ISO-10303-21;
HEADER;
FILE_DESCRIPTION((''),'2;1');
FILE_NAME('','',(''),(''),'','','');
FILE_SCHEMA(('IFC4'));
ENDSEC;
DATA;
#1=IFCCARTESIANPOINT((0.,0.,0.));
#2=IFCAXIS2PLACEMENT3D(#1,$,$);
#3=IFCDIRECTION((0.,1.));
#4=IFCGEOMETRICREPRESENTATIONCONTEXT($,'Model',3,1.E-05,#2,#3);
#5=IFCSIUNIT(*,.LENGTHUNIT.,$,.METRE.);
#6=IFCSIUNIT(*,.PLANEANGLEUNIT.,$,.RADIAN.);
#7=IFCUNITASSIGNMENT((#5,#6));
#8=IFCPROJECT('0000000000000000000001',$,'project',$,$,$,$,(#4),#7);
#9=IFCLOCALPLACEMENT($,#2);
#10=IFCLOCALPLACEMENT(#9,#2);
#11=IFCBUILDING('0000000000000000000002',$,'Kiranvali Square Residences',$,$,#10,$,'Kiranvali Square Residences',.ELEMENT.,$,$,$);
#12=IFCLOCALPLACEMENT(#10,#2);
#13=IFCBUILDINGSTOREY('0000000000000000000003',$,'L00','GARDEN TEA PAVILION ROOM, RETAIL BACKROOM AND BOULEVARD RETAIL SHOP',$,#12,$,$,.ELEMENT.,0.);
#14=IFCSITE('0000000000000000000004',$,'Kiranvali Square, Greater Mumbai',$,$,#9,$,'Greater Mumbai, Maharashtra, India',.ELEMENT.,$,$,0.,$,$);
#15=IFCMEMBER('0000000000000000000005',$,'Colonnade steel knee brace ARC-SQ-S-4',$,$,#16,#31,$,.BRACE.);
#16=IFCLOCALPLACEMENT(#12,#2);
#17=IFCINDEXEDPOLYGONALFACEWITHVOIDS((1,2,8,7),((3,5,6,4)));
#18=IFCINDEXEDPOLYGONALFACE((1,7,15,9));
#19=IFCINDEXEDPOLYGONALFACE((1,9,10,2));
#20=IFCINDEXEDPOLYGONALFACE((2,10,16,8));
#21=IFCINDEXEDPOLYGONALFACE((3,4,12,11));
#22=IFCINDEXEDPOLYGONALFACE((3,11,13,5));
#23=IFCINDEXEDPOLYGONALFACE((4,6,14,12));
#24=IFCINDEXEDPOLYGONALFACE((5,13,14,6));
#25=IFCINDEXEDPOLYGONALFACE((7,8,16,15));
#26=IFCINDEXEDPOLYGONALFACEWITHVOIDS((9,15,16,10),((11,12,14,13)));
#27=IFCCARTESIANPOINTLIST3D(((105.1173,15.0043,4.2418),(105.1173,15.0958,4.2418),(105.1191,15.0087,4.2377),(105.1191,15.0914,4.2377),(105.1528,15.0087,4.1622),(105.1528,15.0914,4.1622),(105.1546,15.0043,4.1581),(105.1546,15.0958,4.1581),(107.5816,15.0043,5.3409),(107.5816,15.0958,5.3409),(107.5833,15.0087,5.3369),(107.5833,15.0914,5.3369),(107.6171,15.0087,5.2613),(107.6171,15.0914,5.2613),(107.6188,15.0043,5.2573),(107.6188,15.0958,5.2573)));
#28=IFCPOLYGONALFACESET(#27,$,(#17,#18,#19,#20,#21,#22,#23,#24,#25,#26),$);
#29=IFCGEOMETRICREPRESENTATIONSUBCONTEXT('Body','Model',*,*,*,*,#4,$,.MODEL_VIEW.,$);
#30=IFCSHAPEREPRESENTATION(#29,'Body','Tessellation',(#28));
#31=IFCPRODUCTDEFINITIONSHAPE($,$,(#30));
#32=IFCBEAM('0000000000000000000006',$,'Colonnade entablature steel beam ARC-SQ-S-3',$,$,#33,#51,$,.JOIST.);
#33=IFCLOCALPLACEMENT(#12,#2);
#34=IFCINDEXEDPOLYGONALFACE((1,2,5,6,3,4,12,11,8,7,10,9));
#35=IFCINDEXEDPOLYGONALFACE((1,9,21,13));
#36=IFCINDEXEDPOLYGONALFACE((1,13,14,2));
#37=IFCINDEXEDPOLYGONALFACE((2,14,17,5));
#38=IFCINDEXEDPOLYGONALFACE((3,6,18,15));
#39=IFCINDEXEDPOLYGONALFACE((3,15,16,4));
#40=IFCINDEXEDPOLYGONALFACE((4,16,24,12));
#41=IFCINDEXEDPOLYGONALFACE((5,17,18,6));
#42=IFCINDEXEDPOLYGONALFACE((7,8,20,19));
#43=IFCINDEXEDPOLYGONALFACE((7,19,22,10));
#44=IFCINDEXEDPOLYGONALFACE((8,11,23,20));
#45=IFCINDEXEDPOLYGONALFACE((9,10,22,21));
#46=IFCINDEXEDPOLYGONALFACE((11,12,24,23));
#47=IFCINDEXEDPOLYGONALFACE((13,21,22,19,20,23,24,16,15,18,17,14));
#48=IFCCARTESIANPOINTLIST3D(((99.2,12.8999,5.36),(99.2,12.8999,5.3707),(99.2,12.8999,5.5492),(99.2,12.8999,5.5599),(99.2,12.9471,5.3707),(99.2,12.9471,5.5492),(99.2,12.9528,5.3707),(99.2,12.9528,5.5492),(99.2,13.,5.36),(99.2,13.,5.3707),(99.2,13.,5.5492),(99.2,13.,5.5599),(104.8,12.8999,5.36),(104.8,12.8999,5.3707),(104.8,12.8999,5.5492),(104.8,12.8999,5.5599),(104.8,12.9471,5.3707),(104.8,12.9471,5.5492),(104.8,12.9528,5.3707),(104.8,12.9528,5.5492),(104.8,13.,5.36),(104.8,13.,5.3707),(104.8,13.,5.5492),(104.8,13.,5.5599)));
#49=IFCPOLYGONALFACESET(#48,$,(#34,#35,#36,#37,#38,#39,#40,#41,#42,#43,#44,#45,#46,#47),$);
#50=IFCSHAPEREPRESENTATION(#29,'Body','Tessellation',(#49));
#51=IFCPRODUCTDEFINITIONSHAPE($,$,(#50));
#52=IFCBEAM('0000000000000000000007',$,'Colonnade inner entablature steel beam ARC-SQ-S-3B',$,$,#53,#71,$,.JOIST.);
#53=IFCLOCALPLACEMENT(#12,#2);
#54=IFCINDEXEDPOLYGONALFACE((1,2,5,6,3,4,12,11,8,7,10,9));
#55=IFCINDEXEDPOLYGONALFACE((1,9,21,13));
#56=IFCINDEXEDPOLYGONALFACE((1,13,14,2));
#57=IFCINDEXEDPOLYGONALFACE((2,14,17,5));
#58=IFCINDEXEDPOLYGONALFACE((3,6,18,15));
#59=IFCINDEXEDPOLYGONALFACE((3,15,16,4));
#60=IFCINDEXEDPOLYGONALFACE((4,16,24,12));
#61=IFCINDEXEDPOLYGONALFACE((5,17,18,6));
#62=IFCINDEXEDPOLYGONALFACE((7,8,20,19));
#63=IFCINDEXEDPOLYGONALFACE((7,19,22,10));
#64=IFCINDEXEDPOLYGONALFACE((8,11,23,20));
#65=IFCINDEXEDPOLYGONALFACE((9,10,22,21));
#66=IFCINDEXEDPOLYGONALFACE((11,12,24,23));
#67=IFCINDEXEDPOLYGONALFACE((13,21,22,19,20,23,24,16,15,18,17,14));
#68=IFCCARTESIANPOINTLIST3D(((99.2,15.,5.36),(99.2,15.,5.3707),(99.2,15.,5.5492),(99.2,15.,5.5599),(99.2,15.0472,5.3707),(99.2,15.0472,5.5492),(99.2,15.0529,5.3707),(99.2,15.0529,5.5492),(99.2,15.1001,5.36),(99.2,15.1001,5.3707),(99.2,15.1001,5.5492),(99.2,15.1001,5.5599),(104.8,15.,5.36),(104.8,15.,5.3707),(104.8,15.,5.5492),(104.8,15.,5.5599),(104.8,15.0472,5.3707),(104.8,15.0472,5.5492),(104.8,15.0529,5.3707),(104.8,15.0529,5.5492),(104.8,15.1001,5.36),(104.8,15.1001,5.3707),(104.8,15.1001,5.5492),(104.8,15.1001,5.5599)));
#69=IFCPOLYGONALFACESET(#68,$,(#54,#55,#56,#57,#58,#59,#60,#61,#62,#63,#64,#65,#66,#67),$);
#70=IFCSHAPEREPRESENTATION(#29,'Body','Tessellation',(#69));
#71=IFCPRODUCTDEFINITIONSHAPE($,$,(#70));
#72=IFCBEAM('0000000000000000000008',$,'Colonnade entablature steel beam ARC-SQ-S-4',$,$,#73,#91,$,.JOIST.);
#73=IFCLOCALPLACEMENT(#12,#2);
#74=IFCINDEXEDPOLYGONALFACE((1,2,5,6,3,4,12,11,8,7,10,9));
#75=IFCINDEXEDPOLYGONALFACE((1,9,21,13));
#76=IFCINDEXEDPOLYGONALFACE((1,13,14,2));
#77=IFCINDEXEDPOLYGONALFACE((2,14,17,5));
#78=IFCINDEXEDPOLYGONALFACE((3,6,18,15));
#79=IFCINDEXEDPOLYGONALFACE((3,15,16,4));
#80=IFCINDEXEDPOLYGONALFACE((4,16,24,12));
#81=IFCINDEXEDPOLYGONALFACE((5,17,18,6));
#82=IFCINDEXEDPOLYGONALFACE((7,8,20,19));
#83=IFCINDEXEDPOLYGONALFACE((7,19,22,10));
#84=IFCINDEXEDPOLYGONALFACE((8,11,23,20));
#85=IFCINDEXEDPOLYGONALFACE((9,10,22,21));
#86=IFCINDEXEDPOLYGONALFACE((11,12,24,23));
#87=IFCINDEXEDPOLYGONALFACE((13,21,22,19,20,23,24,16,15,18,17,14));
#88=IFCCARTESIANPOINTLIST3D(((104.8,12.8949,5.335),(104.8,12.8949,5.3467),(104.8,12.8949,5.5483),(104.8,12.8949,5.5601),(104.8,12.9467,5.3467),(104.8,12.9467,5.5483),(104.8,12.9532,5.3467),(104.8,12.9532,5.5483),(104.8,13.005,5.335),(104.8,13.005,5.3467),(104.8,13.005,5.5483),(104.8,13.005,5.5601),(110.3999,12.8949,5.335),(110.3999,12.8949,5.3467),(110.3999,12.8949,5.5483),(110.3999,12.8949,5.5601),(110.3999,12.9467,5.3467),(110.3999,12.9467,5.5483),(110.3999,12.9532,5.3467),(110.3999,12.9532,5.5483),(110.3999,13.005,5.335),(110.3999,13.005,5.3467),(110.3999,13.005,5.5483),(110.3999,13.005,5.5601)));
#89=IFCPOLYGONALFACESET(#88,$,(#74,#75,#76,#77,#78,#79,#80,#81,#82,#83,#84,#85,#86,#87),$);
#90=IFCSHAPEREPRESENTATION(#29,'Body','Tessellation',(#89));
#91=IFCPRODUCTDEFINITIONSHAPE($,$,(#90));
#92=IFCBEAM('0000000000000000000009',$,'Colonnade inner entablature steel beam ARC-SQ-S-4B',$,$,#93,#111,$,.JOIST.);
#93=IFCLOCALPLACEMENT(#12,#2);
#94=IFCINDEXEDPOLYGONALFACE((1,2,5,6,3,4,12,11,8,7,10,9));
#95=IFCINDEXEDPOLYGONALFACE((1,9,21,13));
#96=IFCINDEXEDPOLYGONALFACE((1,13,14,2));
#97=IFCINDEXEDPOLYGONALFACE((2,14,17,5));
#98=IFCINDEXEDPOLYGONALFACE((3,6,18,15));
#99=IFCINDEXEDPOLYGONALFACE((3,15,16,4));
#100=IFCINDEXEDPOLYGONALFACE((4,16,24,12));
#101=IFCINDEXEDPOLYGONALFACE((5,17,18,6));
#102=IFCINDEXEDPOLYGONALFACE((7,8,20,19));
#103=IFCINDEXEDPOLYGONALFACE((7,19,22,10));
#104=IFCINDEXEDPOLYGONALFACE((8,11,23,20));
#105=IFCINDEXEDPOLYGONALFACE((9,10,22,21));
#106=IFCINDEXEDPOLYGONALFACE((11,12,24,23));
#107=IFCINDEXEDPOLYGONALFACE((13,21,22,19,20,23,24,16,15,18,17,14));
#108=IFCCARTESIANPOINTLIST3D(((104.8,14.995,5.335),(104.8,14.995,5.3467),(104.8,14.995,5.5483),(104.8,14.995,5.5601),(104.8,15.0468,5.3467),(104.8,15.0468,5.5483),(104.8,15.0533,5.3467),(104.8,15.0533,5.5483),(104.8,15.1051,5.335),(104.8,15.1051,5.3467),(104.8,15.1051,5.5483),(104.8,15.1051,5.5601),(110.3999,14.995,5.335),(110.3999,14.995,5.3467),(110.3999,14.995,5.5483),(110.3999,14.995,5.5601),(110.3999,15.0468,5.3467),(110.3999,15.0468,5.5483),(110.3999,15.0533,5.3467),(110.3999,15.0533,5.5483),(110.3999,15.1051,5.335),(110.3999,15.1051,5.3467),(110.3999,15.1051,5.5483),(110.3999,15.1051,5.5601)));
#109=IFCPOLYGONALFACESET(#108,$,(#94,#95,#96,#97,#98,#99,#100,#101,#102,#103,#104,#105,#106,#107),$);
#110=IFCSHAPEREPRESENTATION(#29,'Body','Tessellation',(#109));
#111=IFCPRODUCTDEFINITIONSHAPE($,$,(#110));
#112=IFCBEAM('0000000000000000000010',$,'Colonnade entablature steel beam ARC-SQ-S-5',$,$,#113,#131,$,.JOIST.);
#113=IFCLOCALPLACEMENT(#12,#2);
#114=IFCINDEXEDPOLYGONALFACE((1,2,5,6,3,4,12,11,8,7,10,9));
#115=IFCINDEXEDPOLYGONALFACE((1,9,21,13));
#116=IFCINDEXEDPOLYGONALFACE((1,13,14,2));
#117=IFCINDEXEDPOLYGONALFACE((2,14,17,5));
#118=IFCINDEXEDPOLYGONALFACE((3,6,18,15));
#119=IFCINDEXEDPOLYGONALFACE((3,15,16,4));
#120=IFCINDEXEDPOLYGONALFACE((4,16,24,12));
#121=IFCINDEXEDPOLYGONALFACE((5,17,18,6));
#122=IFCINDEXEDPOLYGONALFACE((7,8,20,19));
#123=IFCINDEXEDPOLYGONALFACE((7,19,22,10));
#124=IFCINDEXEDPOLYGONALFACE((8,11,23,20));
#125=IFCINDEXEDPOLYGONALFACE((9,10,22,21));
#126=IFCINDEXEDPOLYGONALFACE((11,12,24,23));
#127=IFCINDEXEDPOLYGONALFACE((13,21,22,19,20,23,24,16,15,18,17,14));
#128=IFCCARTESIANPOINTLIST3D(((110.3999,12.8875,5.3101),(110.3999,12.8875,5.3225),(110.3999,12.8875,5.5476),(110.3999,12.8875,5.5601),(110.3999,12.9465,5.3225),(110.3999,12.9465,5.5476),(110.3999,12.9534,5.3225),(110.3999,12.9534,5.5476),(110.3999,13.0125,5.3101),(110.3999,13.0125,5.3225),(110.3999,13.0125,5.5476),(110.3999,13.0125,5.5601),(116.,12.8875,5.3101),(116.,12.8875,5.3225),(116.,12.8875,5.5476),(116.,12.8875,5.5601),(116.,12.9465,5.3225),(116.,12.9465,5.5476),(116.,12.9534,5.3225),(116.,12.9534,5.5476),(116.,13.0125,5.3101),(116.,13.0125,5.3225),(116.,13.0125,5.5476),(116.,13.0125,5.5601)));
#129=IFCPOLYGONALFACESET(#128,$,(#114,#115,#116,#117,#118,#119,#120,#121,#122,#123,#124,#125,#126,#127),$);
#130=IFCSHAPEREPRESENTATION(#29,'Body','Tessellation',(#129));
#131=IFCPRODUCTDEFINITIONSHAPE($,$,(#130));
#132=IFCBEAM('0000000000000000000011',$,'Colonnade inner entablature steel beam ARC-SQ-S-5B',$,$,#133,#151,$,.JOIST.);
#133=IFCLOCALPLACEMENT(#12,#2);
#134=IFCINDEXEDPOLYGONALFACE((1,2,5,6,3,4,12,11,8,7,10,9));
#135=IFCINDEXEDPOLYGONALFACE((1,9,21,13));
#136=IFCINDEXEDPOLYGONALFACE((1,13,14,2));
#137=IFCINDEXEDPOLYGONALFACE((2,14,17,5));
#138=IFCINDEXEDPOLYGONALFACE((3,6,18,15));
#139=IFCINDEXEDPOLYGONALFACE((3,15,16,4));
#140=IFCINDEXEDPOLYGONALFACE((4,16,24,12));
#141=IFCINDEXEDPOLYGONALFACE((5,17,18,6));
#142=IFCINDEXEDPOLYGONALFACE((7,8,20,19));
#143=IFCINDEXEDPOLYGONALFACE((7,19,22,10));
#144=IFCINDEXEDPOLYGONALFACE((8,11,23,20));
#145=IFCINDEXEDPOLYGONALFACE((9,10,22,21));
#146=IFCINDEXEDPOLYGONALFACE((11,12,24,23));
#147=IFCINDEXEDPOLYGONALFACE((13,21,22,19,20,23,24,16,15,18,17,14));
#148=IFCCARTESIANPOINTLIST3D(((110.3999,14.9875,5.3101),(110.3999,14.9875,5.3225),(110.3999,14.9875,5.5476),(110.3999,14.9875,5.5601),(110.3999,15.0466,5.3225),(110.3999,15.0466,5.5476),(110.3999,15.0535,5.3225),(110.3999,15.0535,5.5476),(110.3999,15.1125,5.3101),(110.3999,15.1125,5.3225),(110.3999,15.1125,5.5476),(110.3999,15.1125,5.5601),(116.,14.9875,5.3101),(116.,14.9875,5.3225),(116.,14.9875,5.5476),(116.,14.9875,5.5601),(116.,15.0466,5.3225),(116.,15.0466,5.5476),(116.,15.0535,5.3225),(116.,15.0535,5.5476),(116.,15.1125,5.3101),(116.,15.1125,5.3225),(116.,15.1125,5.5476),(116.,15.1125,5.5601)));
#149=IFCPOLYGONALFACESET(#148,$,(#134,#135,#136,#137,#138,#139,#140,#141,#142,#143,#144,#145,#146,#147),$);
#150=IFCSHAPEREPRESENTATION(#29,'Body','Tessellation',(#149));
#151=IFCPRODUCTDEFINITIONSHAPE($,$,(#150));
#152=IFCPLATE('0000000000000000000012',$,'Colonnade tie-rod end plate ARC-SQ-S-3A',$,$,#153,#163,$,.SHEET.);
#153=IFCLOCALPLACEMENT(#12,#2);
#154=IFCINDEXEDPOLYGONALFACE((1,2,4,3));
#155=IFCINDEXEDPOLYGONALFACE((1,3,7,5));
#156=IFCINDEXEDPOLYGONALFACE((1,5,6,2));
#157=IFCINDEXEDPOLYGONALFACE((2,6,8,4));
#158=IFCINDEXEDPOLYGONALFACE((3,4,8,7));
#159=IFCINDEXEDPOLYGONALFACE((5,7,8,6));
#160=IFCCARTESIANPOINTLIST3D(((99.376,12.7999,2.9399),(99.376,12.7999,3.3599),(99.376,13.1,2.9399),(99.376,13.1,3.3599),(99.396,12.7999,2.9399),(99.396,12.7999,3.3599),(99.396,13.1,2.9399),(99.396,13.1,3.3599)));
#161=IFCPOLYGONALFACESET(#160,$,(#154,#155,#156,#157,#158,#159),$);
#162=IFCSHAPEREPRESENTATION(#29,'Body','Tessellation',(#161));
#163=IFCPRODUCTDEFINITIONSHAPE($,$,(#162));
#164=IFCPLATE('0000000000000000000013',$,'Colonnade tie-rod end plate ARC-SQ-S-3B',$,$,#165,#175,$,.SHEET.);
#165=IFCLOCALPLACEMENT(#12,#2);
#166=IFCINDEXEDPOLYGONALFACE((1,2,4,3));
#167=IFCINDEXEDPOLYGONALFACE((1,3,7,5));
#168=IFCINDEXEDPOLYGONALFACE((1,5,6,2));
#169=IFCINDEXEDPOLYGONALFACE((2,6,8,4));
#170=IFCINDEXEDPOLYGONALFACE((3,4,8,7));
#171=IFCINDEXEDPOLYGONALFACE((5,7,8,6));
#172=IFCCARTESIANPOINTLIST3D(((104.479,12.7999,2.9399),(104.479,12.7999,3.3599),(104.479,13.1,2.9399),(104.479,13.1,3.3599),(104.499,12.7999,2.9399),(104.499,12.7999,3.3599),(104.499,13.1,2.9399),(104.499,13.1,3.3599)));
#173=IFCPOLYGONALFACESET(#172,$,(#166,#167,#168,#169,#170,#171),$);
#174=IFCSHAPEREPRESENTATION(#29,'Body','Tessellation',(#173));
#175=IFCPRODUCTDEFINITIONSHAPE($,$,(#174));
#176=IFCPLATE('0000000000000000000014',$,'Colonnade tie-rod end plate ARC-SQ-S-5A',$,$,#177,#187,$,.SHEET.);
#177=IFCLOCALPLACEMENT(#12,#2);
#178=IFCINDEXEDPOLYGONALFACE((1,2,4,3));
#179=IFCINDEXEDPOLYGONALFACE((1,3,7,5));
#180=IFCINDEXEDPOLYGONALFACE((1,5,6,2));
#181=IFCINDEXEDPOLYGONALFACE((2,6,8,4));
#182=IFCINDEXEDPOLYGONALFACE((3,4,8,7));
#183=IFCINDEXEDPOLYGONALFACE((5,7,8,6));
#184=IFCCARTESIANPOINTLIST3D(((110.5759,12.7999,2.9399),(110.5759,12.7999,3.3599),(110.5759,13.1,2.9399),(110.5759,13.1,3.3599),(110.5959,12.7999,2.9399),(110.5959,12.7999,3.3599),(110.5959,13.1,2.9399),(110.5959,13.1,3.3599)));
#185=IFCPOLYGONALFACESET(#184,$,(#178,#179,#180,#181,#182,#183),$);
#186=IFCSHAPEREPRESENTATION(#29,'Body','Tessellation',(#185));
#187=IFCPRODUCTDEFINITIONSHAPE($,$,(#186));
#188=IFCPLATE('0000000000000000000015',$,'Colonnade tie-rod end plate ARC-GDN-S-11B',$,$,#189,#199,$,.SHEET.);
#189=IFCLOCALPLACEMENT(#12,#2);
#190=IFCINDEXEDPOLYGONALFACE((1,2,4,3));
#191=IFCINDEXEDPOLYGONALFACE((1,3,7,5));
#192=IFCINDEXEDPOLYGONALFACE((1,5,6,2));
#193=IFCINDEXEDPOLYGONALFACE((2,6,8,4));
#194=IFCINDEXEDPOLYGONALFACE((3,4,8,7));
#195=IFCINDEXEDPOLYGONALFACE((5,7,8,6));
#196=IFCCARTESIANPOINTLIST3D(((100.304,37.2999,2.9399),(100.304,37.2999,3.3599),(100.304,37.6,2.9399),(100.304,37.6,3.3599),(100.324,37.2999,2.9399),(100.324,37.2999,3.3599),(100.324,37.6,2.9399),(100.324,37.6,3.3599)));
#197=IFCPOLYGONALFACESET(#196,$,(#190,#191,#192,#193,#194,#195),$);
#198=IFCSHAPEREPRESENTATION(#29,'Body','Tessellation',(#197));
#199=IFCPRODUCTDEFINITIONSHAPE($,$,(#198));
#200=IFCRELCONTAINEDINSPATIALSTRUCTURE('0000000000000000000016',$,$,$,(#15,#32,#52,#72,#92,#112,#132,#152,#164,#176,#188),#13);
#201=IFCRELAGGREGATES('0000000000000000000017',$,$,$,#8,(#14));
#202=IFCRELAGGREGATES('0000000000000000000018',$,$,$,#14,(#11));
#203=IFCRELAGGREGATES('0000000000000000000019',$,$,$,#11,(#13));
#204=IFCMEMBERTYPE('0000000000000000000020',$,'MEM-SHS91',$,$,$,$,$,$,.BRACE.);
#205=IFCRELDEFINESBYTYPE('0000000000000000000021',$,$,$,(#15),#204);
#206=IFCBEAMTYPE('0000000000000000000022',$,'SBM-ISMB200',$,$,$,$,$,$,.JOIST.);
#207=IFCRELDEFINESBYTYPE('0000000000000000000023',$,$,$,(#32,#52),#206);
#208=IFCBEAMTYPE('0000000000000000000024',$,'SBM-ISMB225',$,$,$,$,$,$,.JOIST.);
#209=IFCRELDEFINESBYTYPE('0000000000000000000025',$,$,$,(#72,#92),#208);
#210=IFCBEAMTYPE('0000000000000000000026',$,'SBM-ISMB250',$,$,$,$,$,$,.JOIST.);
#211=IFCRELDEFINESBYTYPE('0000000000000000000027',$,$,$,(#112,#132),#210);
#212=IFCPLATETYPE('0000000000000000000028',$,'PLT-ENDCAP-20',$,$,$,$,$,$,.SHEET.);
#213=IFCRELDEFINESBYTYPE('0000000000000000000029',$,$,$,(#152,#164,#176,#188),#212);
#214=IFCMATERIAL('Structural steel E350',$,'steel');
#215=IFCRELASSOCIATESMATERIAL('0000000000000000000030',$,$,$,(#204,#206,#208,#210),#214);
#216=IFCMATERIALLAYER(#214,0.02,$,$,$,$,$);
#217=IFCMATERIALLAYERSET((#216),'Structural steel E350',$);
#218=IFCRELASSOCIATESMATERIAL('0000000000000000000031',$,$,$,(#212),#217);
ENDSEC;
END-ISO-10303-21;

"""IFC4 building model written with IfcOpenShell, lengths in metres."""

from ifc_helpers import new_model, si_unit, direction, frame, origin, origin_2d, place, context, subcontext, project, spatial, rectangle, hollow_rectangle, i_section, extrude, material, layer, layer_set, material_profile, profile_set, type_object, element, save


model = new_model("IFC4")

# Units and contexts
model_context = context("Model", 3, precision=1e-05, world=origin(), true_north=direction((0.0, 1.0)))
body_context = subcontext(model_context, "Body", "Model", "MODEL_VIEW")
ifc_project = project(units=[si_unit("LENGTHUNIT", "METRE"), si_unit("PLANEANGLEUNIT", "RADIAN")], contexts=[model_context])

# Site, building, storey
site_placement = place(None, origin())
site = spatial("IfcSite", under=ifc_project, at=site_placement, Name="Kiranvali Square, Greater Mumbai", LongName="Greater Mumbai, Maharashtra, India", CompositionType="ELEMENT", RefElevation=0.0)
building_placement = place(site_placement, origin())
building = spatial("IfcBuilding", under=site, at=building_placement, Name="Kiranvali Square Residences", LongName="Kiranvali Square Residences", CompositionType="ELEMENT")
storey_placement = place(building_placement, origin())
storey = spatial("IfcBuildingStorey", under=building, at=storey_placement, Name="L00", Description="GARDEN TEA PAVILION ROOM, RETAIL BACKROOM AND BOULEVARD RETAIL SHOP", CompositionType="ELEMENT", Elevation=0.0)

# Member
ifc_material_1 = material(Name="Structural steel E350", Category="steel")
ifc_material_profile_1 = material_profile(ifc_material_1, hollow_rectangle(XDim=0.0916, YDim=0.0916, WallThickness=0.0044, at=origin_2d()), Name="SHS 91.5x91.5x4.5")
ifc_profile_set_1 = profile_set([ifc_material_profile_1], Name="Structural steel E350")
member_type_1 = type_object("IfcMemberType", Name="MEM-SHS91", PredefinedType="BRACE", material=ifc_profile_set_1)
member_1_placement = place(storey_placement, frame((105.136, 15.05, 4.2), z_axis=(0.913266, 0.0, 0.407364), x_axis=(0.0, 1.0, 0.0)))
element("IfcMember", 1, at=member_1_placement, inside=storey, type_object=member_type_1, Name="Colonnade steel knee brace ARC-SQ-S-4", PredefinedType="BRACE", context=body_context, shape_type="SweptSolid", body=[
    extrude(hollow_rectangle(XDim=0.0916, YDim=0.0916, WallThickness=0.0044, at=origin_2d()), origin(), (0.0, 0.0, 1.0), 2.6982),
])

# Beams
ifc_material_profile_2 = material_profile(ifc_material_1, i_section(OverallWidth=0.1001, OverallDepth=0.2, WebThickness=0.0056, FlangeThickness=0.0107, at=origin_2d()), Name="ISMB 200")
ifc_profile_set_2 = profile_set([ifc_material_profile_2], Name="Structural steel E350")
beam_type_1 = type_object("IfcBeamType", Name="SBM-ISMB200", PredefinedType="JOIST", material=ifc_profile_set_2)
for number, where, z_axis, x_axis, name in (
    (2, (99.2, 12.95, 5.46), (1.0, 0.0, 0.0), (0.0, 1.0, 0.0), "Colonnade entablature steel beam ARC-SQ-S-3"),
    (3, (99.2, 15.05, 5.46), (1.0, 0.0, 0.0), (0.0, 1.0, 0.0), "Colonnade inner entablature steel beam ARC-SQ-S-3B"),
):
    element("IfcBeam", number, at=place(storey_placement, frame(where, z_axis=z_axis, x_axis=x_axis)), inside=storey, type_object=beam_type_1, Name=name, PredefinedType="JOIST", context=body_context, shape_type="SweptSolid", body=[
        extrude(i_section(OverallWidth=0.1001, OverallDepth=0.2, WebThickness=0.0056, FlangeThickness=0.0107, at=origin_2d()), origin(), (0.0, 0.0, 1.0), 5.6001),
    ])
ifc_material_profile_3 = material_profile(ifc_material_1, i_section(OverallWidth=0.1101, OverallDepth=0.2251, WebThickness=0.0066, FlangeThickness=0.0117, at=origin_2d()), Name="ISMB 225")
ifc_profile_set_3 = profile_set([ifc_material_profile_3], Name="Structural steel E350")
beam_type_2 = type_object("IfcBeamType", Name="SBM-ISMB225", PredefinedType="JOIST", material=ifc_profile_set_3)
for number, where, z_axis, x_axis, name in (
    (4, (104.8, 12.95, 5.4475), (1.0, 0.0, 0.0), (0.0, 1.0, 0.0), "Colonnade entablature steel beam ARC-SQ-S-4"),
    (5, (104.8, 15.05, 5.4475), (1.0, 0.0, 0.0), (0.0, 1.0, 0.0), "Colonnade inner entablature steel beam ARC-SQ-S-4B"),
):
    element("IfcBeam", number, at=place(storey_placement, frame(where, z_axis=z_axis, x_axis=x_axis)), inside=storey, type_object=beam_type_2, Name=name, PredefinedType="JOIST", context=body_context, shape_type="SweptSolid", body=[
        extrude(i_section(OverallWidth=0.1101, OverallDepth=0.2251, WebThickness=0.0066, FlangeThickness=0.0117, at=origin_2d()), origin(), (0.0, 0.0, 1.0), 5.5999),
    ])
ifc_material_profile_4 = material_profile(ifc_material_1, i_section(OverallWidth=0.125, OverallDepth=0.25, WebThickness=0.0068, FlangeThickness=0.0125, at=origin_2d()), Name="ISMB 250")
ifc_profile_set_4 = profile_set([ifc_material_profile_4], Name="Structural steel E350")
beam_type_3 = type_object("IfcBeamType", Name="SBM-ISMB250", PredefinedType="JOIST", material=ifc_profile_set_4)
for number, where, z_axis, x_axis, name in (
    (6, (110.3999, 12.95, 5.4351), (1.0, 0.0, 0.0), (0.0, 1.0, 0.0), "Colonnade entablature steel beam ARC-SQ-S-5"),
    (7, (110.3999, 15.05, 5.4351), (1.0, 0.0, 0.0), (0.0, 1.0, 0.0), "Colonnade inner entablature steel beam ARC-SQ-S-5B"),
):
    element("IfcBeam", number, at=place(storey_placement, frame(where, z_axis=z_axis, x_axis=x_axis)), inside=storey, type_object=beam_type_3, Name=name, PredefinedType="JOIST", context=body_context, shape_type="SweptSolid", body=[
        extrude(i_section(OverallWidth=0.125, OverallDepth=0.25, WebThickness=0.0068, FlangeThickness=0.0125, at=origin_2d()), origin(), (0.0, 0.0, 1.0), 5.6001),
    ])

# Plates
ifc_layer_1 = layer(ifc_material_1, 0.02)
ifc_layer_set_1 = layer_set([ifc_layer_1], Name="Structural steel E350")
plate_type_1 = type_object("IfcPlateType", Name="PLT-ENDCAP-20", PredefinedType="SHEET", material=ifc_layer_set_1)
for number, where, z_axis, x_axis, name in (
    (8, (99.386, 12.95, 2.9399), (0.0, 0.0, 1.0), (1.0, 0.0, 0.0), "Colonnade tie-rod end plate ARC-SQ-S-3A"),
    (9, (104.489, 12.95, 2.9399), (0.0, 0.0, 1.0), (1.0, 0.0, 0.0), "Colonnade tie-rod end plate ARC-SQ-S-3B"),
    (10, (110.5859, 12.95, 2.9399), (0.0, 0.0, 1.0), (1.0, 0.0, 0.0), "Colonnade tie-rod end plate ARC-SQ-S-5A"),
    (11, (100.314, 37.45, 2.9399), (0.0, 0.0, 1.0), (1.0, 0.0, 0.0), "Colonnade tie-rod end plate ARC-GDN-S-11B"),
):
    element("IfcPlate", number, at=place(storey_placement, frame(where, z_axis=z_axis, x_axis=x_axis)), inside=storey, type_object=plate_type_1, Name=name, PredefinedType="SHEET", context=body_context, shape_type="SweptSolid", body=[
        extrude(rectangle(XDim=0.02, YDim=0.3, at=origin_2d()), origin(), (0.0, 0.0, 1.0), 0.4199),
    ])

save(model, "model.ifc")
